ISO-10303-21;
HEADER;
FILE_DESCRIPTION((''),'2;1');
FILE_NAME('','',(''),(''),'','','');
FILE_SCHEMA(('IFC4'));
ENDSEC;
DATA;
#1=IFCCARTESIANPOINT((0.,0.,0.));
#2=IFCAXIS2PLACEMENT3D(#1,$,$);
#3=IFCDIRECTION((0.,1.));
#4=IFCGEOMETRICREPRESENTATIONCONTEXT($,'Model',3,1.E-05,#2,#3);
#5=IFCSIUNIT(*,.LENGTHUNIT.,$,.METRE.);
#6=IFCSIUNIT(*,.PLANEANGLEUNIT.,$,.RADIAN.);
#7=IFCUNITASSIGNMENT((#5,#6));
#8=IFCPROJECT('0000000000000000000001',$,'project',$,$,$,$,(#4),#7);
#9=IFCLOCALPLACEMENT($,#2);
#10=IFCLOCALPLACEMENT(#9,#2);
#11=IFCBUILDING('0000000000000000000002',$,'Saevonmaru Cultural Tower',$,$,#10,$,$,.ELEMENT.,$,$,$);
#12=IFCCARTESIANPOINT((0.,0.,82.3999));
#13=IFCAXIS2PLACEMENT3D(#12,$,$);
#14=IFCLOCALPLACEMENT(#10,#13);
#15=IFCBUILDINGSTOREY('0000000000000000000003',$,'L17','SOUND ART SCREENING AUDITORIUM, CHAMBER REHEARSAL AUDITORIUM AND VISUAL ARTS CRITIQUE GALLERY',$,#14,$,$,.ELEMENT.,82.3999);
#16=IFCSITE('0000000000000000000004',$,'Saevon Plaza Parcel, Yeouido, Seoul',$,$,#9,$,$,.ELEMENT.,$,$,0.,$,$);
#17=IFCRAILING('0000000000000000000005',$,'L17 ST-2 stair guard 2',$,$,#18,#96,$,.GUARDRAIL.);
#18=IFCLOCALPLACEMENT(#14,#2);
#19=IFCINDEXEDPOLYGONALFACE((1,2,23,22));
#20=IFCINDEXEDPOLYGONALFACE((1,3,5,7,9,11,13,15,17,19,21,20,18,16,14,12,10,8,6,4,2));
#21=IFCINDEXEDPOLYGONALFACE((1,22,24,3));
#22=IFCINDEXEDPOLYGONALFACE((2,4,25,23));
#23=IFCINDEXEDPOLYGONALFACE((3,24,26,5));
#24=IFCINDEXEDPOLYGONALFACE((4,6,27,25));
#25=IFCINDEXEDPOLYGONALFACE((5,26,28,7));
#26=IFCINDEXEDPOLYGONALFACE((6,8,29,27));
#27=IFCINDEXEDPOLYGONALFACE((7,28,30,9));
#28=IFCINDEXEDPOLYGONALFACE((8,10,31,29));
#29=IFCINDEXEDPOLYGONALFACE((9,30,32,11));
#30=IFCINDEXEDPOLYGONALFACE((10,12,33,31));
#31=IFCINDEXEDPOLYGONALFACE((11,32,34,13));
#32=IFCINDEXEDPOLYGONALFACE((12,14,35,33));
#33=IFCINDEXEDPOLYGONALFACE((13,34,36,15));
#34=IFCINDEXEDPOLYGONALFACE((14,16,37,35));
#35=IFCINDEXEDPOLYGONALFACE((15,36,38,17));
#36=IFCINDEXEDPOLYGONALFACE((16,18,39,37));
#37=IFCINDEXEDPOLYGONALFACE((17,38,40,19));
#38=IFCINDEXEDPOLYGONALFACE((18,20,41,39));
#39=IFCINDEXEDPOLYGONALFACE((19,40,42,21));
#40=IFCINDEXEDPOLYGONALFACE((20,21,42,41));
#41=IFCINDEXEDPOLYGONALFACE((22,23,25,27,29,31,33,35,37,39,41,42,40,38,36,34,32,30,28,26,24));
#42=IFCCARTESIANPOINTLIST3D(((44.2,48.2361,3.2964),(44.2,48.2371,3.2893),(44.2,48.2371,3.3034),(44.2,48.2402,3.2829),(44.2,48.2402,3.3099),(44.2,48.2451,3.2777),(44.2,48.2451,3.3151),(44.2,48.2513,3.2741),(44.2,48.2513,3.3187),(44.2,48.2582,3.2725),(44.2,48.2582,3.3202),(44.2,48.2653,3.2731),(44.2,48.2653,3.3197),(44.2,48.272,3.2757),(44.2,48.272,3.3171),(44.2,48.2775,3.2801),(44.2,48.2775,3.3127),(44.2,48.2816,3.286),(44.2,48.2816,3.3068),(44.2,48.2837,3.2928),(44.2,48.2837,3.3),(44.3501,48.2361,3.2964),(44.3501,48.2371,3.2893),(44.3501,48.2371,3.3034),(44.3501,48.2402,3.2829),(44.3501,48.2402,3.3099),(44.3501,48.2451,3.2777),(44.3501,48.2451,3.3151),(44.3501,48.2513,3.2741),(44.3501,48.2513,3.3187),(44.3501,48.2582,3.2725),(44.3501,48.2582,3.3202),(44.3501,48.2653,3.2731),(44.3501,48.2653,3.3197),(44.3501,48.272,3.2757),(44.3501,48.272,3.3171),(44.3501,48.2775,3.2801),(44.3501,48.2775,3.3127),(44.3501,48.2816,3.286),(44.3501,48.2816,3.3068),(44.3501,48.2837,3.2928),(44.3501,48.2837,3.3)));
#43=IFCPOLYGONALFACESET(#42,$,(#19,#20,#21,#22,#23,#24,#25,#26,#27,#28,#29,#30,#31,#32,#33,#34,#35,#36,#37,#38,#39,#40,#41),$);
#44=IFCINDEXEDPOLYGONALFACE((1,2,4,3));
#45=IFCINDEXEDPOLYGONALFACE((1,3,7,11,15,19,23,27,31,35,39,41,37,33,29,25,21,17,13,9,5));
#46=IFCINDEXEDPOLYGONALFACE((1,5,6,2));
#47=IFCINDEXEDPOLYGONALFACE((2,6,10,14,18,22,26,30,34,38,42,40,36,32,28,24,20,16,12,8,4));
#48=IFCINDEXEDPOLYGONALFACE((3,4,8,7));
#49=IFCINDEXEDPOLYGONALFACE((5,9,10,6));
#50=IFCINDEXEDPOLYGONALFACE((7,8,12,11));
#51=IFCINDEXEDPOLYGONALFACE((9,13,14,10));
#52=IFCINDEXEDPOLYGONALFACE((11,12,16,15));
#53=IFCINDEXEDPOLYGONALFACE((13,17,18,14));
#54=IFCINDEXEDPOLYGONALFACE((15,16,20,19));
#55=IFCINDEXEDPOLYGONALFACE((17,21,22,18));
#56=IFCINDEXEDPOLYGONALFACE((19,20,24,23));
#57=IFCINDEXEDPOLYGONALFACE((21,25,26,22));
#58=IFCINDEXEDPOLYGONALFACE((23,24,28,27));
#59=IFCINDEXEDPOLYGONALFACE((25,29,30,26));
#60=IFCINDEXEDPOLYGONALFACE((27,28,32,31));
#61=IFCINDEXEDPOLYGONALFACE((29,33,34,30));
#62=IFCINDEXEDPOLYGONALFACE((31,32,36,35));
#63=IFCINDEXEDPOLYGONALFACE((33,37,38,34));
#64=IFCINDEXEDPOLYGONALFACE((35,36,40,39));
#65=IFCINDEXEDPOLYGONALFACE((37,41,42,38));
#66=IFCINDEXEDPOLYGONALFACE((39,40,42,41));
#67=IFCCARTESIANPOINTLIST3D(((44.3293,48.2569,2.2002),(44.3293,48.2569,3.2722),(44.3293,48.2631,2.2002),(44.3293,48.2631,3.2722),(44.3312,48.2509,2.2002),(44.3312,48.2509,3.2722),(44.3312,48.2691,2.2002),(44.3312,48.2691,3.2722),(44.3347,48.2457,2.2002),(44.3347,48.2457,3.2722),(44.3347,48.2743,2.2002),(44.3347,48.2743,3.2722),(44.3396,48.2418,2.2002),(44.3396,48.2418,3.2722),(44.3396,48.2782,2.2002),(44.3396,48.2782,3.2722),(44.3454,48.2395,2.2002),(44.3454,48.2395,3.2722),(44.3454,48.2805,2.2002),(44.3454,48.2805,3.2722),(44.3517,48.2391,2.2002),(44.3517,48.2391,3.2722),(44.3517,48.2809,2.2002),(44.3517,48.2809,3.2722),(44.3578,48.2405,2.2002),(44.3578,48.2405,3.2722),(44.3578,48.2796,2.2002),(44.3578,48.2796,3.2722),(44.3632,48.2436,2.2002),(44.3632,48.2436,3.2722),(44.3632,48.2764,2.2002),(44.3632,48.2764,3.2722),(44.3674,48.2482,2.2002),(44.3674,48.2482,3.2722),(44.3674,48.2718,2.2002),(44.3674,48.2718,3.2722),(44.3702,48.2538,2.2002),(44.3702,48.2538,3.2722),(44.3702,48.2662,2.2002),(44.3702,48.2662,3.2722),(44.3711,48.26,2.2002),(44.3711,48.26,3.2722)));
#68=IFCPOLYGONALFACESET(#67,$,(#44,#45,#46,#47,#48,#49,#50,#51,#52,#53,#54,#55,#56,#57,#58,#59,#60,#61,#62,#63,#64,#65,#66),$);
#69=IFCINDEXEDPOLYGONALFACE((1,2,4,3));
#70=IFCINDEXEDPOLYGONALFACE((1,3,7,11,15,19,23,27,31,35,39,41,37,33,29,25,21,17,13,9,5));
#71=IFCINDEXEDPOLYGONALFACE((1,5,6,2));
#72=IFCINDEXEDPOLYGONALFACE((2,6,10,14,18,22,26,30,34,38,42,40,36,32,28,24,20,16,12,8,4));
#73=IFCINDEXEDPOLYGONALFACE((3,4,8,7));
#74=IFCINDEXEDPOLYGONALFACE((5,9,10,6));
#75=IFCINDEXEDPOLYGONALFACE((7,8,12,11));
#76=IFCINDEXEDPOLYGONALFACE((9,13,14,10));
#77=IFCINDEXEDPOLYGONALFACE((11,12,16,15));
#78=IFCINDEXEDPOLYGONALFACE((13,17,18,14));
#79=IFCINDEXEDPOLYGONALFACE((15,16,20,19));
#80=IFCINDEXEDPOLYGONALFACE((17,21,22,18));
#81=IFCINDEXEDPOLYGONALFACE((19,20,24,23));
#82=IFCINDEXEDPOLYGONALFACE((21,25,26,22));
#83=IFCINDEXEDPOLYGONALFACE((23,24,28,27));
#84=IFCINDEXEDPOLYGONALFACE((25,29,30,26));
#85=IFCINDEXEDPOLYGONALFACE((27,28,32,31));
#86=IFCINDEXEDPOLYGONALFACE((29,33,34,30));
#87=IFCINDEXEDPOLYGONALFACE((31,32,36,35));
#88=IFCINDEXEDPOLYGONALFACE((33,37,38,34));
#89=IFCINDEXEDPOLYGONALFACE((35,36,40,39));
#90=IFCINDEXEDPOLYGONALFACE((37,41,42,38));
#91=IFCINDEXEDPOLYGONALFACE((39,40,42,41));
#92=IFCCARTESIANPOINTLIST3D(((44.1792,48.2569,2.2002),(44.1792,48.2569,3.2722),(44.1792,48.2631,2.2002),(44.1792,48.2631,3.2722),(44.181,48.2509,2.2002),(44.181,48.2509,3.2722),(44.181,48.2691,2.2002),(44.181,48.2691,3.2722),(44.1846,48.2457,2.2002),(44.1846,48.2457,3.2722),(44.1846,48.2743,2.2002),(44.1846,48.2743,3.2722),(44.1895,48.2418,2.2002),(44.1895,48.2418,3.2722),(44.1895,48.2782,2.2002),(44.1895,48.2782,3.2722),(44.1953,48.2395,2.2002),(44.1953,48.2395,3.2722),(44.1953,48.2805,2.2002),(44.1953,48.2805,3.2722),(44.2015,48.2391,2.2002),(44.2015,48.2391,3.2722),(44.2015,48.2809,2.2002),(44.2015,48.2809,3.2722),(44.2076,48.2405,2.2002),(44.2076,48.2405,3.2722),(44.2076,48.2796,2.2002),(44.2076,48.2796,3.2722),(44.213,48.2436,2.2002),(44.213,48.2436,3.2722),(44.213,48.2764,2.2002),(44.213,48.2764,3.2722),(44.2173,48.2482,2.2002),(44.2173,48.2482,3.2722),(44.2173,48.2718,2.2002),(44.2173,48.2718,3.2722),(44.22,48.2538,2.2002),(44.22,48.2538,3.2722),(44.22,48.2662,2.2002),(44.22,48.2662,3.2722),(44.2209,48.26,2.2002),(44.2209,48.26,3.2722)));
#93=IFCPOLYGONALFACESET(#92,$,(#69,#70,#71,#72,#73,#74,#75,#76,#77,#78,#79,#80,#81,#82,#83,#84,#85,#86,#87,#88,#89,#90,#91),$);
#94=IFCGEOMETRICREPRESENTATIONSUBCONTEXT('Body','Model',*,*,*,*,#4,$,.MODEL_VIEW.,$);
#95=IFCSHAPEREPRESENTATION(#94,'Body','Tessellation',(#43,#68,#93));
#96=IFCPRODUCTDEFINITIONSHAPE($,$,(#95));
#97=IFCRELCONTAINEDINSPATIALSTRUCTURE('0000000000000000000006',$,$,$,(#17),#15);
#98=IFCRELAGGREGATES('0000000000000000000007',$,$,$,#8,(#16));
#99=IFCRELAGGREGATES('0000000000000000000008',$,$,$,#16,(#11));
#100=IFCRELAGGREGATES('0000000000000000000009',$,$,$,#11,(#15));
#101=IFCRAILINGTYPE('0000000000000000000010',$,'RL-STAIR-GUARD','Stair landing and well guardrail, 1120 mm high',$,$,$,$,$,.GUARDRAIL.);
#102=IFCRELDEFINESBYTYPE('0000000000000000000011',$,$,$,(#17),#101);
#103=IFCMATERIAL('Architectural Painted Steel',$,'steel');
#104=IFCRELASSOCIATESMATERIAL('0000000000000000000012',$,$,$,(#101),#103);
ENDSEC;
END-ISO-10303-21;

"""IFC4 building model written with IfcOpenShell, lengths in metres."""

from ifc_helpers import new_model, si_unit, direction, frame, origin, origin_2d, place, context, subcontext, project, spatial, circle, extrude, material, type_object, element, save


model = new_model("IFC4")

# Units and contexts
model_context = context("Model", 3, precision=1e-05, world=origin(), true_north=direction((0.0, 1.0)))
body_context = subcontext(model_context, "Body", "Model", "MODEL_VIEW")
ifc_project = project(units=[si_unit("LENGTHUNIT", "METRE"), si_unit("PLANEANGLEUNIT", "RADIAN")], contexts=[model_context])

# Site, building, storey
site_placement = place(None, origin())
site = spatial("IfcSite", under=ifc_project, at=site_placement, Name="Saevon Plaza Parcel, Yeouido, Seoul", CompositionType="ELEMENT", RefElevation=0.0)
building_placement = place(site_placement, origin())
building = spatial("IfcBuilding", under=site, at=building_placement, Name="Saevonmaru Cultural Tower", CompositionType="ELEMENT")
storey_placement = place(building_placement, frame((0.0, 0.0, 82.3999)))
storey = spatial("IfcBuildingStorey", under=building, at=storey_placement, Name="L17", Description="SOUND ART SCREENING AUDITORIUM, CHAMBER REHEARSAL AUDITORIUM AND VISUAL ARTS CRITIQUE GALLERY", CompositionType="ELEMENT", Elevation=82.3999)

# Railing
ifc_material_1 = material(Name="Architectural Painted Steel", Category="steel")
railing_type = type_object("IfcRailingType", Name="RL-STAIR-GUARD", Description="Stair landing and well guardrail, 1120 mm high", PredefinedType="GUARDRAIL", material=ifc_material_1)
railing_1_placement = place(storey_placement, frame((44.3501, 48.26, 2.2002)))
element("IfcRailing", 1, at=railing_1_placement, inside=storey, type_object=railing_type, Name="L17 ST-2 stair guard 2", PredefinedType="GUARDRAIL", context=body_context, shape_type="SweptSolid", body=[
    extrude(circle(Radius=0.0239, at=origin_2d()), frame((0.0, 0.0, 1.0962), z_axis=(-1.0, 0.0, 0.0), x_axis=(0.0, -1.0, 0.0)), (0.0, 0.0, 1.0), 0.1501),
    extrude(circle(Radius=0.021, at=origin_2d()), origin(), (0.0, 0.0, 1.0), 1.072),
    extrude(circle(Radius=0.021, at=origin_2d()), frame((-0.1501, 0.0, 0.0)), (0.0, 0.0, 1.0), 1.072),
])

save(model, "model.ifc")
